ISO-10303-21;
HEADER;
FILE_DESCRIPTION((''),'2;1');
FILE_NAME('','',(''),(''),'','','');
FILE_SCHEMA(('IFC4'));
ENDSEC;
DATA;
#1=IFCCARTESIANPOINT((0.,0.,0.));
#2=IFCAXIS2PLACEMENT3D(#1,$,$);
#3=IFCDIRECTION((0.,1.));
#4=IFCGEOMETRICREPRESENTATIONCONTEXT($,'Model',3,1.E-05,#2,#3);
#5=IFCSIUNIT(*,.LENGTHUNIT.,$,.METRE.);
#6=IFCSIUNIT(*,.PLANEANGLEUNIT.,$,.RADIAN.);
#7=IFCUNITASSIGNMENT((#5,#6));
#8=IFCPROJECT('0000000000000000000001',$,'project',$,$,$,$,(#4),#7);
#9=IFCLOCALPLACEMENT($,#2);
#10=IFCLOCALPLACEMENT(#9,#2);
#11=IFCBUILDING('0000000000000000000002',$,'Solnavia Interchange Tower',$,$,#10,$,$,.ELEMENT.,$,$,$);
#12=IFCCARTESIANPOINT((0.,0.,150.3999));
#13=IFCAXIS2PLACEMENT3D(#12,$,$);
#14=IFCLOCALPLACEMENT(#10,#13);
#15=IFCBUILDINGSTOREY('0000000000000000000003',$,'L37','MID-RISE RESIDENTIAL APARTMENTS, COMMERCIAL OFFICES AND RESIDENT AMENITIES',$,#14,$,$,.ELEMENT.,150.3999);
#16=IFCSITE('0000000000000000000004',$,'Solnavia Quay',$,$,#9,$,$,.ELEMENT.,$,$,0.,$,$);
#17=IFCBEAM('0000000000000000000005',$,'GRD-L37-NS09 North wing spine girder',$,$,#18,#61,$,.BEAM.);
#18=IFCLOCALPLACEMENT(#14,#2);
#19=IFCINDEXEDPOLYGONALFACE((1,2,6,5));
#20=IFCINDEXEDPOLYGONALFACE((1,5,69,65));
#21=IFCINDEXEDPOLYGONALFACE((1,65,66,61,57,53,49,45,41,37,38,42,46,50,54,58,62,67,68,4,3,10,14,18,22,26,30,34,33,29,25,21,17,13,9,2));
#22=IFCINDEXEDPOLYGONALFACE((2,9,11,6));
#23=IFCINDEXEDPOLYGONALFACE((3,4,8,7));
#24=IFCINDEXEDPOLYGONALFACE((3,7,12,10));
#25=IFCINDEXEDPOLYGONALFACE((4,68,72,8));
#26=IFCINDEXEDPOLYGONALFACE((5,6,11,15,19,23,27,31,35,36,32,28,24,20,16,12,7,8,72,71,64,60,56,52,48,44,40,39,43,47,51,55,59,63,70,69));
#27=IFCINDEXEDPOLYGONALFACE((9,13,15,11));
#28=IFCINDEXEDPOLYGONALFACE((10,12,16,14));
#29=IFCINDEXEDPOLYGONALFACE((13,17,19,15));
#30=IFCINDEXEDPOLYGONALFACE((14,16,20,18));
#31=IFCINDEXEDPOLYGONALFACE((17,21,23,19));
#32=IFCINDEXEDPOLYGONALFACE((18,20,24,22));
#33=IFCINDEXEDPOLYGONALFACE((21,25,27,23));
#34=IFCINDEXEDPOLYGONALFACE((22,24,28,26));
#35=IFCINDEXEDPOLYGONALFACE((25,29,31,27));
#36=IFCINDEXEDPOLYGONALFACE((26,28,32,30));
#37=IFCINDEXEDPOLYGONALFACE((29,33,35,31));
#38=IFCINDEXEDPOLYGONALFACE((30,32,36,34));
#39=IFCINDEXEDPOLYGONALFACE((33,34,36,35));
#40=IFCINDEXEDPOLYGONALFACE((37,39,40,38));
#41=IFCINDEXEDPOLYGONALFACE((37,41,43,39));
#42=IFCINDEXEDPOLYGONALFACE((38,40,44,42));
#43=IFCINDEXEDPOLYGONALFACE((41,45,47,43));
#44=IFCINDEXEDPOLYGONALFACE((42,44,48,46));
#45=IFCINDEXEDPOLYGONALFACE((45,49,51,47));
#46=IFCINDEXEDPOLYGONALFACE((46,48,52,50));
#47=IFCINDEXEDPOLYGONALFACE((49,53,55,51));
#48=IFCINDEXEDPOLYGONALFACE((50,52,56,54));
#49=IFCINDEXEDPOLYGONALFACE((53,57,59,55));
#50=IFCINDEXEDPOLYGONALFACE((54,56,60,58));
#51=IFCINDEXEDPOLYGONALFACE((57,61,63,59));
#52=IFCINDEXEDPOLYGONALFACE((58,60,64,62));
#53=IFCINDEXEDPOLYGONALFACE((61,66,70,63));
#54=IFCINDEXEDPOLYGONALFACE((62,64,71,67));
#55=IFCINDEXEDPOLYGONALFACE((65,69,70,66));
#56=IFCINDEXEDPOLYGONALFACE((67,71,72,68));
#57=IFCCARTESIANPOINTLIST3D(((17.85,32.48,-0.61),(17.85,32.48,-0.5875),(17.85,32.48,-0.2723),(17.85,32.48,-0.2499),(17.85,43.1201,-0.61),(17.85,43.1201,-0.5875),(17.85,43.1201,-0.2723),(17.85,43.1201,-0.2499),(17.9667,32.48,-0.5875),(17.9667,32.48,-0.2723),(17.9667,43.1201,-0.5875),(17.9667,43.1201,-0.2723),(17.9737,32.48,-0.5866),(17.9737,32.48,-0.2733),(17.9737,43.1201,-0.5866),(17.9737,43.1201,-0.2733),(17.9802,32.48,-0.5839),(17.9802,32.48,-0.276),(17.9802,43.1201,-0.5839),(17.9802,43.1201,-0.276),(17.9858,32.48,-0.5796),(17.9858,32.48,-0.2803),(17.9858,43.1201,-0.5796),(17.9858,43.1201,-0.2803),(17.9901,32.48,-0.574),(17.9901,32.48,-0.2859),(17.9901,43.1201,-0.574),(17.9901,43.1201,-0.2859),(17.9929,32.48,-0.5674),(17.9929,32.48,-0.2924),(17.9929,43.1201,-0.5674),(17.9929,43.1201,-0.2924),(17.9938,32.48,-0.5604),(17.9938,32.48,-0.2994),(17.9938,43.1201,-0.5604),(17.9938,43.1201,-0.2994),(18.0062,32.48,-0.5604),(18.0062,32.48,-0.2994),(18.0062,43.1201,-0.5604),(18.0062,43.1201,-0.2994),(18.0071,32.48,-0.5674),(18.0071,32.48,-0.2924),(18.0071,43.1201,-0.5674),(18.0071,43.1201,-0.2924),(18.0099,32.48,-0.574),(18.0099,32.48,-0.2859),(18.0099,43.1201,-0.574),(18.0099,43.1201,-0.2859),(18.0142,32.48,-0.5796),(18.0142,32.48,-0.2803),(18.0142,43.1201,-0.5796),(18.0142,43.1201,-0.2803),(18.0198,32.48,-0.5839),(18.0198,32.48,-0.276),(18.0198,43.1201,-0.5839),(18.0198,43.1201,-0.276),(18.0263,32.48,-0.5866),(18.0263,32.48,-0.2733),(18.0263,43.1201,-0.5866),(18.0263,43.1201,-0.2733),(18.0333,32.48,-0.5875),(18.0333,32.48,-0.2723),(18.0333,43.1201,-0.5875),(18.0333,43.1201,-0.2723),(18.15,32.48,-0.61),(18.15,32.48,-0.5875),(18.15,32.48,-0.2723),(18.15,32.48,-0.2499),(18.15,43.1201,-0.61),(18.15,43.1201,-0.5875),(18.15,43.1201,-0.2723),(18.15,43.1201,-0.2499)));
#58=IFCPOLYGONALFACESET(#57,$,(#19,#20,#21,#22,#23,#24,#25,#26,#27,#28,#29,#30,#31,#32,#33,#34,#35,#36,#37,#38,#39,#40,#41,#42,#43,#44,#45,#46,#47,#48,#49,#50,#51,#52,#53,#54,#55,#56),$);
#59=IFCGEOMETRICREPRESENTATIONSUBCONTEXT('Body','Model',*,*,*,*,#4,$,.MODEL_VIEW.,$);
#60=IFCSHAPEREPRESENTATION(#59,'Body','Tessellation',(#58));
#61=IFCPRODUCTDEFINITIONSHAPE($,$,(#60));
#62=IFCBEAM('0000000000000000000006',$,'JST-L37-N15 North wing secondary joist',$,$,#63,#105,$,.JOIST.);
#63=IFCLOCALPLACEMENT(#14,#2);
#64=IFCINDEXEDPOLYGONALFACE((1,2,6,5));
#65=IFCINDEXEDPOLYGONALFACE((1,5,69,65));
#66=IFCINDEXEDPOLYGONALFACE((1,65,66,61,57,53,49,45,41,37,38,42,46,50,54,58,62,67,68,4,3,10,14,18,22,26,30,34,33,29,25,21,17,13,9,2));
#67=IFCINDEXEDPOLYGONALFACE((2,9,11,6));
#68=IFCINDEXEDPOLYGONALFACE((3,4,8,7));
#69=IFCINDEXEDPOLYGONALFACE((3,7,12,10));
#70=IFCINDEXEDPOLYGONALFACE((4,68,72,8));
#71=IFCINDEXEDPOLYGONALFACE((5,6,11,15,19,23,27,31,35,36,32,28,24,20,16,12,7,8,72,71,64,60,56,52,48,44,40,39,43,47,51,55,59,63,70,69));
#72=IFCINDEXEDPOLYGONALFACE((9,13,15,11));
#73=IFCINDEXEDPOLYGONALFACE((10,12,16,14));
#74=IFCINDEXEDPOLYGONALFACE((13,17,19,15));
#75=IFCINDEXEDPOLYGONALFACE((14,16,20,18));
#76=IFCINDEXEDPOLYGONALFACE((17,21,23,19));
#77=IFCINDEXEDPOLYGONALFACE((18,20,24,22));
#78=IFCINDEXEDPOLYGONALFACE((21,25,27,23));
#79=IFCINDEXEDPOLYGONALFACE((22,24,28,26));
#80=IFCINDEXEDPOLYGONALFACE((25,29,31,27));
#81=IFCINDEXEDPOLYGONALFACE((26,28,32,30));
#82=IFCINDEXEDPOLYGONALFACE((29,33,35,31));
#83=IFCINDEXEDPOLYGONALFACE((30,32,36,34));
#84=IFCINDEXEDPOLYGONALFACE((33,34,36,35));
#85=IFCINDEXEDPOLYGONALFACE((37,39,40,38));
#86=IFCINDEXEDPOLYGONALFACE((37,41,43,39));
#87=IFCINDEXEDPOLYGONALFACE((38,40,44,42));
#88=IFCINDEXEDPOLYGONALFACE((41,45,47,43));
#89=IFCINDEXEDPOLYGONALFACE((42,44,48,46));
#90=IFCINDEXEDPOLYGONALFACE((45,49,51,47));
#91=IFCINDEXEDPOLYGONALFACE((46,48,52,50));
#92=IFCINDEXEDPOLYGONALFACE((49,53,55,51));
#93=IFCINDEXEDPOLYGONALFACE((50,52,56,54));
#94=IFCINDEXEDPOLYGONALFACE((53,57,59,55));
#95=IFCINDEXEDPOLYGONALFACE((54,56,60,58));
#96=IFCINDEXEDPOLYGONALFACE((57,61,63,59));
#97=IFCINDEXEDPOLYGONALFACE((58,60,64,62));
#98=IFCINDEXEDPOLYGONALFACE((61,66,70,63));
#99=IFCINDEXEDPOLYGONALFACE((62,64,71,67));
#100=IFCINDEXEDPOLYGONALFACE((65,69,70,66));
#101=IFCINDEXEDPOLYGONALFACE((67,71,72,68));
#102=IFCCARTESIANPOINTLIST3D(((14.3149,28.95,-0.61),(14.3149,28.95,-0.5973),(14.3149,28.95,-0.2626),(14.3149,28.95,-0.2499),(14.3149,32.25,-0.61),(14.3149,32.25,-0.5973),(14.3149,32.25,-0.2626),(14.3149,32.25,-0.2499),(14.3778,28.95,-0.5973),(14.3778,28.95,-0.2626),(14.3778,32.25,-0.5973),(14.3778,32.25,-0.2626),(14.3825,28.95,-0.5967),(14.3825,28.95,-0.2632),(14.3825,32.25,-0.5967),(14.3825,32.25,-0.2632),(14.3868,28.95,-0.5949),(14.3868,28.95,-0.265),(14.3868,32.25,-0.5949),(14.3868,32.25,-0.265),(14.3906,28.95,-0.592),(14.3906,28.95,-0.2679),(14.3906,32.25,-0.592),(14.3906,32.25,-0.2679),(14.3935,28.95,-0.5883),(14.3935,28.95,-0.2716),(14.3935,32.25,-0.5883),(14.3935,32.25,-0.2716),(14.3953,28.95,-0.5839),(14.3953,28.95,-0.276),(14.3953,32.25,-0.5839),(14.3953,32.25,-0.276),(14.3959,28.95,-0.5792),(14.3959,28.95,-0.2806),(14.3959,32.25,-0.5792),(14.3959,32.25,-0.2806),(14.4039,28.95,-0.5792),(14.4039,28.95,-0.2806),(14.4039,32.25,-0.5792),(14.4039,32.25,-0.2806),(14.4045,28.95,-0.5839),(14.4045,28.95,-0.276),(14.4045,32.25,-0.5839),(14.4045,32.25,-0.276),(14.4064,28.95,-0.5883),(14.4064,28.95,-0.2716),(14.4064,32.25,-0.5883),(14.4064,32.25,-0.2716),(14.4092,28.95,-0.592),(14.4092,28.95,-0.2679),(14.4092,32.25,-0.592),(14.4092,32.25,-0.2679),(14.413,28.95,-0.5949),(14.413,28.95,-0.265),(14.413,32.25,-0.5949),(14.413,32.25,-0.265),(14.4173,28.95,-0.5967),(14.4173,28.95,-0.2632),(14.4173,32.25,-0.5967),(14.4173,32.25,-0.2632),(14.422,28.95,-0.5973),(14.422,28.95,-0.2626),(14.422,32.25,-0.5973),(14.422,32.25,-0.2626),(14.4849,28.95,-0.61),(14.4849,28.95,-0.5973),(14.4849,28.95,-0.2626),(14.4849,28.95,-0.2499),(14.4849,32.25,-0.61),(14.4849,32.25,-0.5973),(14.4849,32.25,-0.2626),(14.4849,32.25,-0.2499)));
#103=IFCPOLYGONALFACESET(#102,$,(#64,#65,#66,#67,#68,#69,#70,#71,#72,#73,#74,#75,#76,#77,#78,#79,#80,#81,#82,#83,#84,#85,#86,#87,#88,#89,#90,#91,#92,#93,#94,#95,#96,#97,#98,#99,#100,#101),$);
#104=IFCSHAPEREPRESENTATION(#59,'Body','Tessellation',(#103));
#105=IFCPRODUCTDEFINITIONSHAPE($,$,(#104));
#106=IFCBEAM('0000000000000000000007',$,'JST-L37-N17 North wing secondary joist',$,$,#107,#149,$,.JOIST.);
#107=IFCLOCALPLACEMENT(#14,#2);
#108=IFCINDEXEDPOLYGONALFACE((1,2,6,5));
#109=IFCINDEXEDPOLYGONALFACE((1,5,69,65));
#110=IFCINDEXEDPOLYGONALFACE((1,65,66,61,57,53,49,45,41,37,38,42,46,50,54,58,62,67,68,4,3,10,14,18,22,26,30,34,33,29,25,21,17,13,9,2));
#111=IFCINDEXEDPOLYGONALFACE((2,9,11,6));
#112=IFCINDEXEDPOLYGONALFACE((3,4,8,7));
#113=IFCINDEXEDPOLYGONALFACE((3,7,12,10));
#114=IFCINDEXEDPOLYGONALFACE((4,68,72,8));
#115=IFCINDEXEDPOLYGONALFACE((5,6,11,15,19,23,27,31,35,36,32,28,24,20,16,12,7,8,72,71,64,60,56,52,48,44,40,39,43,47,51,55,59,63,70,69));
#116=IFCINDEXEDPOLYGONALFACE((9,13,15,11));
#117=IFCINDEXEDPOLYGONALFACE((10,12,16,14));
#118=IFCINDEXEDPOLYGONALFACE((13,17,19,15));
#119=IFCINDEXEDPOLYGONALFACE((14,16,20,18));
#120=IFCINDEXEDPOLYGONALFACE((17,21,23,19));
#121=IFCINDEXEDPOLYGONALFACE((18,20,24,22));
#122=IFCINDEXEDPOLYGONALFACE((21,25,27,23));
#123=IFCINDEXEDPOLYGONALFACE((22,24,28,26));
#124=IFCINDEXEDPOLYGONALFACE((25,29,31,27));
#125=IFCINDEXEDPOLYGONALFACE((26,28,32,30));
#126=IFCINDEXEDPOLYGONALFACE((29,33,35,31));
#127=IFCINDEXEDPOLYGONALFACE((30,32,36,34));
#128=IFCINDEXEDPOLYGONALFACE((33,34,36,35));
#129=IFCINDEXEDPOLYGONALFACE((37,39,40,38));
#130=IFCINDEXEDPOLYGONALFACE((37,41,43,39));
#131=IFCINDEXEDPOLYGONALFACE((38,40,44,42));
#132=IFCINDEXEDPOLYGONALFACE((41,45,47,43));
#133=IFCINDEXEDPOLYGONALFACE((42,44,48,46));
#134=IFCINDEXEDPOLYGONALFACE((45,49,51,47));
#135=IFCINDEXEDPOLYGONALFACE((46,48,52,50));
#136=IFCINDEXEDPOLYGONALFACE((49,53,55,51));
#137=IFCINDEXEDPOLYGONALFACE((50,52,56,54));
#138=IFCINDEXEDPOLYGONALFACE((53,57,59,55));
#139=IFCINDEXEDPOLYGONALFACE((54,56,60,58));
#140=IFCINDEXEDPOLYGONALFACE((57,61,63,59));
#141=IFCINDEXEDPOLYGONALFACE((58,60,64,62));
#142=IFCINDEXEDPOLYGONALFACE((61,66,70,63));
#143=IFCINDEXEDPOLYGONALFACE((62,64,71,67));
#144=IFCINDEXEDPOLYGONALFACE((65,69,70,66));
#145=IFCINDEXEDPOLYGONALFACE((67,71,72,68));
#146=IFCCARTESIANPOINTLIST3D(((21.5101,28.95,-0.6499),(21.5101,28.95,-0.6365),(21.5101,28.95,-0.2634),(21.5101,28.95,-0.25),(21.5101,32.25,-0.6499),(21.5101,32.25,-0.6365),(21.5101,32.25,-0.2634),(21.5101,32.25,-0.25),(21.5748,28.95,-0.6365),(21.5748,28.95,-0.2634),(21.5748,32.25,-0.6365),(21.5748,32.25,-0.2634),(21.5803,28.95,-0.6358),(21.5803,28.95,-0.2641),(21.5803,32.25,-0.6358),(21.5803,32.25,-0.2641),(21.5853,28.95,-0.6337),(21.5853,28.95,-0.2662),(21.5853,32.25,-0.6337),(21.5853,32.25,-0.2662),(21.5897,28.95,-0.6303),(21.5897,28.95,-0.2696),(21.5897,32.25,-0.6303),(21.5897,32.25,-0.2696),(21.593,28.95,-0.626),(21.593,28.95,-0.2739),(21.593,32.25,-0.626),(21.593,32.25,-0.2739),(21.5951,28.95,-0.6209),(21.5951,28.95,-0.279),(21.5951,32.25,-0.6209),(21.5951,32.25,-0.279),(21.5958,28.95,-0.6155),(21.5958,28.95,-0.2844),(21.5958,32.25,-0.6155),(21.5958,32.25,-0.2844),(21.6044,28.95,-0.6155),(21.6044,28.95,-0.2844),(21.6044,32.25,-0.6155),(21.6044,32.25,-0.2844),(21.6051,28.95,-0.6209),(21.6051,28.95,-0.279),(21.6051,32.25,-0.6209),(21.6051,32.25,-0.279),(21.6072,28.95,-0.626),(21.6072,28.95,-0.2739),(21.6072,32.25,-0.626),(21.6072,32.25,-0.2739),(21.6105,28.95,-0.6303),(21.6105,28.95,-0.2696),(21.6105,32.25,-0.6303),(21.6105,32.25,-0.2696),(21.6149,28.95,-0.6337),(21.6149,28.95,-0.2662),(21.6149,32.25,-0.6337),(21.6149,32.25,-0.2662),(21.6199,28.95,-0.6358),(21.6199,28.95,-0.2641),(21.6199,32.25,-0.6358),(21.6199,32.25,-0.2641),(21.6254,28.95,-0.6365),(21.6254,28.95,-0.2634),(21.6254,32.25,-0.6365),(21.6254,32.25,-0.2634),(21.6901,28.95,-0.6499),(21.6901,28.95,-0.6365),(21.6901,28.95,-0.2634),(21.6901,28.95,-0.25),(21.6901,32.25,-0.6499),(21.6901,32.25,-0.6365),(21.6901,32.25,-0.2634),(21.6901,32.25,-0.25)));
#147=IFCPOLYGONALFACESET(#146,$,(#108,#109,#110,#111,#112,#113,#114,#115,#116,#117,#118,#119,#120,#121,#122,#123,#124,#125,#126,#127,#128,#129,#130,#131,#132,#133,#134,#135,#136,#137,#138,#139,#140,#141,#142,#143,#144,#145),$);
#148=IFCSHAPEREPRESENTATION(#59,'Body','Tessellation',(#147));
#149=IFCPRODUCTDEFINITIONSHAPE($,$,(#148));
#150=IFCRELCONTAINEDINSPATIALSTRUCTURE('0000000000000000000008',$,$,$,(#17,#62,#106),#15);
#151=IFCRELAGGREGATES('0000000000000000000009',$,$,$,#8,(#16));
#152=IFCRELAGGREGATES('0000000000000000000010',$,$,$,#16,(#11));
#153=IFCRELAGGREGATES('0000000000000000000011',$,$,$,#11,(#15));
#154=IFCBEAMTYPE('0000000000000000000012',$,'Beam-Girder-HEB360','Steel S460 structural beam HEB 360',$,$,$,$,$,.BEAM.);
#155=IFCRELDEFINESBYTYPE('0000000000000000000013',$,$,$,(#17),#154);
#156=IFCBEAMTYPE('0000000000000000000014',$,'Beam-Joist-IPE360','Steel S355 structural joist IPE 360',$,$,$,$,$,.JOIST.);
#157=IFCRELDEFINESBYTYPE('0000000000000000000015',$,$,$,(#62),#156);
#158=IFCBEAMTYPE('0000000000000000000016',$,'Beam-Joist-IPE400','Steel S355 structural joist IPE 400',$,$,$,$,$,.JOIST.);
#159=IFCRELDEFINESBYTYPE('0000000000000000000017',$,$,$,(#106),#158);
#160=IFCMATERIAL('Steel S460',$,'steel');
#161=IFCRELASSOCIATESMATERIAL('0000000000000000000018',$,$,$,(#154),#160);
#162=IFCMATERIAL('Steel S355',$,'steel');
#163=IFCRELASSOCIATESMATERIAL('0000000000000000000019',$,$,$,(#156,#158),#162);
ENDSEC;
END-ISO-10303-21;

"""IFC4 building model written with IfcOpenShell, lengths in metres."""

from ifc_helpers import new_model, si_unit, direction, frame, origin, origin_2d, place, context, subcontext, project, spatial, i_section, extrude, material, material_profile, profile_set, type_object, element, save


model = new_model("IFC4")

# Units and contexts
model_context = context("Model", 3, precision=1e-05, world=origin(), true_north=direction((0.0, 1.0)))
body_context = subcontext(model_context, "Body", "Model", "MODEL_VIEW")
ifc_project = project(units=[si_unit("LENGTHUNIT", "METRE"), si_unit("PLANEANGLEUNIT", "RADIAN")], contexts=[model_context])

# Site, building, storey
site_placement = place(None, origin())
site = spatial("IfcSite", under=ifc_project, at=site_placement, Name="Solnavia Quay", CompositionType="ELEMENT", RefElevation=0.0)
building_placement = place(site_placement, origin())
building = spatial("IfcBuilding", under=site, at=building_placement, Name="Solnavia Interchange Tower", CompositionType="ELEMENT")
storey_placement = place(building_placement, frame((0.0, 0.0, 150.3999)))
storey = spatial("IfcBuildingStorey", under=building, at=storey_placement, Name="L37", Description="MID-RISE RESIDENTIAL APARTMENTS, COMMERCIAL OFFICES AND RESIDENT AMENITIES", CompositionType="ELEMENT", Elevation=150.3999)

# Shared definitions
ifc_material_1 = material(Name="Steel S355", Category="steel")

# Beams
ifc_material_2 = material(Name="Steel S460", Category="steel")
ifc_material_profile_1 = material_profile(ifc_material_2, i_section(OverallWidth=0.3, OverallDepth=0.3601, WebThickness=0.0125, FlangeThickness=0.0225, FilletRadius=0.0271, at=origin_2d()), Name="HEB 360")
ifc_profile_set_1 = profile_set([ifc_material_profile_1], Name="Steel S460")
beam_type_1 = type_object("IfcBeamType", Name="Beam-Girder-HEB360", Description="Steel S460 structural beam HEB 360", PredefinedType="BEAM", material=ifc_profile_set_1)
beam_1_placement = place(storey_placement, frame((18.0, 32.48, -0.4299), z_axis=(0.0, 1.0, 0.0), x_axis=(-1.0, 0.0, 0.0)))
element("IfcBeam", 1, at=beam_1_placement, inside=storey, type_object=beam_type_1, Name="GRD-L37-NS09 North wing spine girder", PredefinedType="BEAM", context=body_context, shape_type="SweptSolid", body=[
    extrude(i_section(OverallWidth=0.3, OverallDepth=0.3601, WebThickness=0.0125, FlangeThickness=0.0225, FilletRadius=0.0271, at=origin_2d()), origin(), (0.0, 0.0, 1.0), 10.6401),
])
ifc_material_profile_2 = material_profile(ifc_material_1, i_section(OverallWidth=0.1699, OverallDepth=0.3601, WebThickness=0.0081, FlangeThickness=0.0127, FilletRadius=0.0181, at=origin_2d()), Name="IPE 360")
ifc_profile_set_2 = profile_set([ifc_material_profile_2], Name="Steel S355")
beam_type_2 = type_object("IfcBeamType", Name="Beam-Joist-IPE360", Description="Steel S355 structural joist IPE 360", PredefinedType="JOIST", material=ifc_profile_set_2)
beam_2_placement = place(storey_placement, frame((14.3999, 28.95, -0.4299), z_axis=(0.0, 1.0, 0.0), x_axis=(-1.0, 0.0, 0.0)))
element("IfcBeam", 2, at=beam_2_placement, inside=storey, type_object=beam_type_2, Name="JST-L37-N15 North wing secondary joist", PredefinedType="JOIST", context=body_context, shape_type="SweptSolid", body=[
    extrude(i_section(OverallWidth=0.1699, OverallDepth=0.3601, WebThickness=0.0081, FlangeThickness=0.0127, FilletRadius=0.0181, at=origin_2d()), origin(), (0.0, 0.0, 1.0), 3.3),
])
ifc_material_profile_3 = material_profile(ifc_material_1, i_section(OverallWidth=0.1799, OverallDepth=0.3999, WebThickness=0.0085, FlangeThickness=0.0134, FilletRadius=0.021, at=origin_2d()), Name="IPE 400")
ifc_profile_set_3 = profile_set([ifc_material_profile_3], Name="Steel S355")
beam_type_3 = type_object("IfcBeamType", Name="Beam-Joist-IPE400", Description="Steel S355 structural joist IPE 400", PredefinedType="JOIST", material=ifc_profile_set_3)
beam_3_placement = place(storey_placement, frame((21.6001, 28.95, -0.45), z_axis=(0.0, 1.0, 0.0), x_axis=(-1.0, 0.0, 0.0)))
element("IfcBeam", 3, at=beam_3_placement, inside=storey, type_object=beam_type_3, Name="JST-L37-N17 North wing secondary joist", PredefinedType="JOIST", context=body_context, shape_type="SweptSolid", body=[
    extrude(i_section(OverallWidth=0.1799, OverallDepth=0.3999, WebThickness=0.0085, FlangeThickness=0.0134, FilletRadius=0.021, at=origin_2d()), origin(), (0.0, 0.0, 1.0), 3.3),
])

save(model, "model.ifc")
